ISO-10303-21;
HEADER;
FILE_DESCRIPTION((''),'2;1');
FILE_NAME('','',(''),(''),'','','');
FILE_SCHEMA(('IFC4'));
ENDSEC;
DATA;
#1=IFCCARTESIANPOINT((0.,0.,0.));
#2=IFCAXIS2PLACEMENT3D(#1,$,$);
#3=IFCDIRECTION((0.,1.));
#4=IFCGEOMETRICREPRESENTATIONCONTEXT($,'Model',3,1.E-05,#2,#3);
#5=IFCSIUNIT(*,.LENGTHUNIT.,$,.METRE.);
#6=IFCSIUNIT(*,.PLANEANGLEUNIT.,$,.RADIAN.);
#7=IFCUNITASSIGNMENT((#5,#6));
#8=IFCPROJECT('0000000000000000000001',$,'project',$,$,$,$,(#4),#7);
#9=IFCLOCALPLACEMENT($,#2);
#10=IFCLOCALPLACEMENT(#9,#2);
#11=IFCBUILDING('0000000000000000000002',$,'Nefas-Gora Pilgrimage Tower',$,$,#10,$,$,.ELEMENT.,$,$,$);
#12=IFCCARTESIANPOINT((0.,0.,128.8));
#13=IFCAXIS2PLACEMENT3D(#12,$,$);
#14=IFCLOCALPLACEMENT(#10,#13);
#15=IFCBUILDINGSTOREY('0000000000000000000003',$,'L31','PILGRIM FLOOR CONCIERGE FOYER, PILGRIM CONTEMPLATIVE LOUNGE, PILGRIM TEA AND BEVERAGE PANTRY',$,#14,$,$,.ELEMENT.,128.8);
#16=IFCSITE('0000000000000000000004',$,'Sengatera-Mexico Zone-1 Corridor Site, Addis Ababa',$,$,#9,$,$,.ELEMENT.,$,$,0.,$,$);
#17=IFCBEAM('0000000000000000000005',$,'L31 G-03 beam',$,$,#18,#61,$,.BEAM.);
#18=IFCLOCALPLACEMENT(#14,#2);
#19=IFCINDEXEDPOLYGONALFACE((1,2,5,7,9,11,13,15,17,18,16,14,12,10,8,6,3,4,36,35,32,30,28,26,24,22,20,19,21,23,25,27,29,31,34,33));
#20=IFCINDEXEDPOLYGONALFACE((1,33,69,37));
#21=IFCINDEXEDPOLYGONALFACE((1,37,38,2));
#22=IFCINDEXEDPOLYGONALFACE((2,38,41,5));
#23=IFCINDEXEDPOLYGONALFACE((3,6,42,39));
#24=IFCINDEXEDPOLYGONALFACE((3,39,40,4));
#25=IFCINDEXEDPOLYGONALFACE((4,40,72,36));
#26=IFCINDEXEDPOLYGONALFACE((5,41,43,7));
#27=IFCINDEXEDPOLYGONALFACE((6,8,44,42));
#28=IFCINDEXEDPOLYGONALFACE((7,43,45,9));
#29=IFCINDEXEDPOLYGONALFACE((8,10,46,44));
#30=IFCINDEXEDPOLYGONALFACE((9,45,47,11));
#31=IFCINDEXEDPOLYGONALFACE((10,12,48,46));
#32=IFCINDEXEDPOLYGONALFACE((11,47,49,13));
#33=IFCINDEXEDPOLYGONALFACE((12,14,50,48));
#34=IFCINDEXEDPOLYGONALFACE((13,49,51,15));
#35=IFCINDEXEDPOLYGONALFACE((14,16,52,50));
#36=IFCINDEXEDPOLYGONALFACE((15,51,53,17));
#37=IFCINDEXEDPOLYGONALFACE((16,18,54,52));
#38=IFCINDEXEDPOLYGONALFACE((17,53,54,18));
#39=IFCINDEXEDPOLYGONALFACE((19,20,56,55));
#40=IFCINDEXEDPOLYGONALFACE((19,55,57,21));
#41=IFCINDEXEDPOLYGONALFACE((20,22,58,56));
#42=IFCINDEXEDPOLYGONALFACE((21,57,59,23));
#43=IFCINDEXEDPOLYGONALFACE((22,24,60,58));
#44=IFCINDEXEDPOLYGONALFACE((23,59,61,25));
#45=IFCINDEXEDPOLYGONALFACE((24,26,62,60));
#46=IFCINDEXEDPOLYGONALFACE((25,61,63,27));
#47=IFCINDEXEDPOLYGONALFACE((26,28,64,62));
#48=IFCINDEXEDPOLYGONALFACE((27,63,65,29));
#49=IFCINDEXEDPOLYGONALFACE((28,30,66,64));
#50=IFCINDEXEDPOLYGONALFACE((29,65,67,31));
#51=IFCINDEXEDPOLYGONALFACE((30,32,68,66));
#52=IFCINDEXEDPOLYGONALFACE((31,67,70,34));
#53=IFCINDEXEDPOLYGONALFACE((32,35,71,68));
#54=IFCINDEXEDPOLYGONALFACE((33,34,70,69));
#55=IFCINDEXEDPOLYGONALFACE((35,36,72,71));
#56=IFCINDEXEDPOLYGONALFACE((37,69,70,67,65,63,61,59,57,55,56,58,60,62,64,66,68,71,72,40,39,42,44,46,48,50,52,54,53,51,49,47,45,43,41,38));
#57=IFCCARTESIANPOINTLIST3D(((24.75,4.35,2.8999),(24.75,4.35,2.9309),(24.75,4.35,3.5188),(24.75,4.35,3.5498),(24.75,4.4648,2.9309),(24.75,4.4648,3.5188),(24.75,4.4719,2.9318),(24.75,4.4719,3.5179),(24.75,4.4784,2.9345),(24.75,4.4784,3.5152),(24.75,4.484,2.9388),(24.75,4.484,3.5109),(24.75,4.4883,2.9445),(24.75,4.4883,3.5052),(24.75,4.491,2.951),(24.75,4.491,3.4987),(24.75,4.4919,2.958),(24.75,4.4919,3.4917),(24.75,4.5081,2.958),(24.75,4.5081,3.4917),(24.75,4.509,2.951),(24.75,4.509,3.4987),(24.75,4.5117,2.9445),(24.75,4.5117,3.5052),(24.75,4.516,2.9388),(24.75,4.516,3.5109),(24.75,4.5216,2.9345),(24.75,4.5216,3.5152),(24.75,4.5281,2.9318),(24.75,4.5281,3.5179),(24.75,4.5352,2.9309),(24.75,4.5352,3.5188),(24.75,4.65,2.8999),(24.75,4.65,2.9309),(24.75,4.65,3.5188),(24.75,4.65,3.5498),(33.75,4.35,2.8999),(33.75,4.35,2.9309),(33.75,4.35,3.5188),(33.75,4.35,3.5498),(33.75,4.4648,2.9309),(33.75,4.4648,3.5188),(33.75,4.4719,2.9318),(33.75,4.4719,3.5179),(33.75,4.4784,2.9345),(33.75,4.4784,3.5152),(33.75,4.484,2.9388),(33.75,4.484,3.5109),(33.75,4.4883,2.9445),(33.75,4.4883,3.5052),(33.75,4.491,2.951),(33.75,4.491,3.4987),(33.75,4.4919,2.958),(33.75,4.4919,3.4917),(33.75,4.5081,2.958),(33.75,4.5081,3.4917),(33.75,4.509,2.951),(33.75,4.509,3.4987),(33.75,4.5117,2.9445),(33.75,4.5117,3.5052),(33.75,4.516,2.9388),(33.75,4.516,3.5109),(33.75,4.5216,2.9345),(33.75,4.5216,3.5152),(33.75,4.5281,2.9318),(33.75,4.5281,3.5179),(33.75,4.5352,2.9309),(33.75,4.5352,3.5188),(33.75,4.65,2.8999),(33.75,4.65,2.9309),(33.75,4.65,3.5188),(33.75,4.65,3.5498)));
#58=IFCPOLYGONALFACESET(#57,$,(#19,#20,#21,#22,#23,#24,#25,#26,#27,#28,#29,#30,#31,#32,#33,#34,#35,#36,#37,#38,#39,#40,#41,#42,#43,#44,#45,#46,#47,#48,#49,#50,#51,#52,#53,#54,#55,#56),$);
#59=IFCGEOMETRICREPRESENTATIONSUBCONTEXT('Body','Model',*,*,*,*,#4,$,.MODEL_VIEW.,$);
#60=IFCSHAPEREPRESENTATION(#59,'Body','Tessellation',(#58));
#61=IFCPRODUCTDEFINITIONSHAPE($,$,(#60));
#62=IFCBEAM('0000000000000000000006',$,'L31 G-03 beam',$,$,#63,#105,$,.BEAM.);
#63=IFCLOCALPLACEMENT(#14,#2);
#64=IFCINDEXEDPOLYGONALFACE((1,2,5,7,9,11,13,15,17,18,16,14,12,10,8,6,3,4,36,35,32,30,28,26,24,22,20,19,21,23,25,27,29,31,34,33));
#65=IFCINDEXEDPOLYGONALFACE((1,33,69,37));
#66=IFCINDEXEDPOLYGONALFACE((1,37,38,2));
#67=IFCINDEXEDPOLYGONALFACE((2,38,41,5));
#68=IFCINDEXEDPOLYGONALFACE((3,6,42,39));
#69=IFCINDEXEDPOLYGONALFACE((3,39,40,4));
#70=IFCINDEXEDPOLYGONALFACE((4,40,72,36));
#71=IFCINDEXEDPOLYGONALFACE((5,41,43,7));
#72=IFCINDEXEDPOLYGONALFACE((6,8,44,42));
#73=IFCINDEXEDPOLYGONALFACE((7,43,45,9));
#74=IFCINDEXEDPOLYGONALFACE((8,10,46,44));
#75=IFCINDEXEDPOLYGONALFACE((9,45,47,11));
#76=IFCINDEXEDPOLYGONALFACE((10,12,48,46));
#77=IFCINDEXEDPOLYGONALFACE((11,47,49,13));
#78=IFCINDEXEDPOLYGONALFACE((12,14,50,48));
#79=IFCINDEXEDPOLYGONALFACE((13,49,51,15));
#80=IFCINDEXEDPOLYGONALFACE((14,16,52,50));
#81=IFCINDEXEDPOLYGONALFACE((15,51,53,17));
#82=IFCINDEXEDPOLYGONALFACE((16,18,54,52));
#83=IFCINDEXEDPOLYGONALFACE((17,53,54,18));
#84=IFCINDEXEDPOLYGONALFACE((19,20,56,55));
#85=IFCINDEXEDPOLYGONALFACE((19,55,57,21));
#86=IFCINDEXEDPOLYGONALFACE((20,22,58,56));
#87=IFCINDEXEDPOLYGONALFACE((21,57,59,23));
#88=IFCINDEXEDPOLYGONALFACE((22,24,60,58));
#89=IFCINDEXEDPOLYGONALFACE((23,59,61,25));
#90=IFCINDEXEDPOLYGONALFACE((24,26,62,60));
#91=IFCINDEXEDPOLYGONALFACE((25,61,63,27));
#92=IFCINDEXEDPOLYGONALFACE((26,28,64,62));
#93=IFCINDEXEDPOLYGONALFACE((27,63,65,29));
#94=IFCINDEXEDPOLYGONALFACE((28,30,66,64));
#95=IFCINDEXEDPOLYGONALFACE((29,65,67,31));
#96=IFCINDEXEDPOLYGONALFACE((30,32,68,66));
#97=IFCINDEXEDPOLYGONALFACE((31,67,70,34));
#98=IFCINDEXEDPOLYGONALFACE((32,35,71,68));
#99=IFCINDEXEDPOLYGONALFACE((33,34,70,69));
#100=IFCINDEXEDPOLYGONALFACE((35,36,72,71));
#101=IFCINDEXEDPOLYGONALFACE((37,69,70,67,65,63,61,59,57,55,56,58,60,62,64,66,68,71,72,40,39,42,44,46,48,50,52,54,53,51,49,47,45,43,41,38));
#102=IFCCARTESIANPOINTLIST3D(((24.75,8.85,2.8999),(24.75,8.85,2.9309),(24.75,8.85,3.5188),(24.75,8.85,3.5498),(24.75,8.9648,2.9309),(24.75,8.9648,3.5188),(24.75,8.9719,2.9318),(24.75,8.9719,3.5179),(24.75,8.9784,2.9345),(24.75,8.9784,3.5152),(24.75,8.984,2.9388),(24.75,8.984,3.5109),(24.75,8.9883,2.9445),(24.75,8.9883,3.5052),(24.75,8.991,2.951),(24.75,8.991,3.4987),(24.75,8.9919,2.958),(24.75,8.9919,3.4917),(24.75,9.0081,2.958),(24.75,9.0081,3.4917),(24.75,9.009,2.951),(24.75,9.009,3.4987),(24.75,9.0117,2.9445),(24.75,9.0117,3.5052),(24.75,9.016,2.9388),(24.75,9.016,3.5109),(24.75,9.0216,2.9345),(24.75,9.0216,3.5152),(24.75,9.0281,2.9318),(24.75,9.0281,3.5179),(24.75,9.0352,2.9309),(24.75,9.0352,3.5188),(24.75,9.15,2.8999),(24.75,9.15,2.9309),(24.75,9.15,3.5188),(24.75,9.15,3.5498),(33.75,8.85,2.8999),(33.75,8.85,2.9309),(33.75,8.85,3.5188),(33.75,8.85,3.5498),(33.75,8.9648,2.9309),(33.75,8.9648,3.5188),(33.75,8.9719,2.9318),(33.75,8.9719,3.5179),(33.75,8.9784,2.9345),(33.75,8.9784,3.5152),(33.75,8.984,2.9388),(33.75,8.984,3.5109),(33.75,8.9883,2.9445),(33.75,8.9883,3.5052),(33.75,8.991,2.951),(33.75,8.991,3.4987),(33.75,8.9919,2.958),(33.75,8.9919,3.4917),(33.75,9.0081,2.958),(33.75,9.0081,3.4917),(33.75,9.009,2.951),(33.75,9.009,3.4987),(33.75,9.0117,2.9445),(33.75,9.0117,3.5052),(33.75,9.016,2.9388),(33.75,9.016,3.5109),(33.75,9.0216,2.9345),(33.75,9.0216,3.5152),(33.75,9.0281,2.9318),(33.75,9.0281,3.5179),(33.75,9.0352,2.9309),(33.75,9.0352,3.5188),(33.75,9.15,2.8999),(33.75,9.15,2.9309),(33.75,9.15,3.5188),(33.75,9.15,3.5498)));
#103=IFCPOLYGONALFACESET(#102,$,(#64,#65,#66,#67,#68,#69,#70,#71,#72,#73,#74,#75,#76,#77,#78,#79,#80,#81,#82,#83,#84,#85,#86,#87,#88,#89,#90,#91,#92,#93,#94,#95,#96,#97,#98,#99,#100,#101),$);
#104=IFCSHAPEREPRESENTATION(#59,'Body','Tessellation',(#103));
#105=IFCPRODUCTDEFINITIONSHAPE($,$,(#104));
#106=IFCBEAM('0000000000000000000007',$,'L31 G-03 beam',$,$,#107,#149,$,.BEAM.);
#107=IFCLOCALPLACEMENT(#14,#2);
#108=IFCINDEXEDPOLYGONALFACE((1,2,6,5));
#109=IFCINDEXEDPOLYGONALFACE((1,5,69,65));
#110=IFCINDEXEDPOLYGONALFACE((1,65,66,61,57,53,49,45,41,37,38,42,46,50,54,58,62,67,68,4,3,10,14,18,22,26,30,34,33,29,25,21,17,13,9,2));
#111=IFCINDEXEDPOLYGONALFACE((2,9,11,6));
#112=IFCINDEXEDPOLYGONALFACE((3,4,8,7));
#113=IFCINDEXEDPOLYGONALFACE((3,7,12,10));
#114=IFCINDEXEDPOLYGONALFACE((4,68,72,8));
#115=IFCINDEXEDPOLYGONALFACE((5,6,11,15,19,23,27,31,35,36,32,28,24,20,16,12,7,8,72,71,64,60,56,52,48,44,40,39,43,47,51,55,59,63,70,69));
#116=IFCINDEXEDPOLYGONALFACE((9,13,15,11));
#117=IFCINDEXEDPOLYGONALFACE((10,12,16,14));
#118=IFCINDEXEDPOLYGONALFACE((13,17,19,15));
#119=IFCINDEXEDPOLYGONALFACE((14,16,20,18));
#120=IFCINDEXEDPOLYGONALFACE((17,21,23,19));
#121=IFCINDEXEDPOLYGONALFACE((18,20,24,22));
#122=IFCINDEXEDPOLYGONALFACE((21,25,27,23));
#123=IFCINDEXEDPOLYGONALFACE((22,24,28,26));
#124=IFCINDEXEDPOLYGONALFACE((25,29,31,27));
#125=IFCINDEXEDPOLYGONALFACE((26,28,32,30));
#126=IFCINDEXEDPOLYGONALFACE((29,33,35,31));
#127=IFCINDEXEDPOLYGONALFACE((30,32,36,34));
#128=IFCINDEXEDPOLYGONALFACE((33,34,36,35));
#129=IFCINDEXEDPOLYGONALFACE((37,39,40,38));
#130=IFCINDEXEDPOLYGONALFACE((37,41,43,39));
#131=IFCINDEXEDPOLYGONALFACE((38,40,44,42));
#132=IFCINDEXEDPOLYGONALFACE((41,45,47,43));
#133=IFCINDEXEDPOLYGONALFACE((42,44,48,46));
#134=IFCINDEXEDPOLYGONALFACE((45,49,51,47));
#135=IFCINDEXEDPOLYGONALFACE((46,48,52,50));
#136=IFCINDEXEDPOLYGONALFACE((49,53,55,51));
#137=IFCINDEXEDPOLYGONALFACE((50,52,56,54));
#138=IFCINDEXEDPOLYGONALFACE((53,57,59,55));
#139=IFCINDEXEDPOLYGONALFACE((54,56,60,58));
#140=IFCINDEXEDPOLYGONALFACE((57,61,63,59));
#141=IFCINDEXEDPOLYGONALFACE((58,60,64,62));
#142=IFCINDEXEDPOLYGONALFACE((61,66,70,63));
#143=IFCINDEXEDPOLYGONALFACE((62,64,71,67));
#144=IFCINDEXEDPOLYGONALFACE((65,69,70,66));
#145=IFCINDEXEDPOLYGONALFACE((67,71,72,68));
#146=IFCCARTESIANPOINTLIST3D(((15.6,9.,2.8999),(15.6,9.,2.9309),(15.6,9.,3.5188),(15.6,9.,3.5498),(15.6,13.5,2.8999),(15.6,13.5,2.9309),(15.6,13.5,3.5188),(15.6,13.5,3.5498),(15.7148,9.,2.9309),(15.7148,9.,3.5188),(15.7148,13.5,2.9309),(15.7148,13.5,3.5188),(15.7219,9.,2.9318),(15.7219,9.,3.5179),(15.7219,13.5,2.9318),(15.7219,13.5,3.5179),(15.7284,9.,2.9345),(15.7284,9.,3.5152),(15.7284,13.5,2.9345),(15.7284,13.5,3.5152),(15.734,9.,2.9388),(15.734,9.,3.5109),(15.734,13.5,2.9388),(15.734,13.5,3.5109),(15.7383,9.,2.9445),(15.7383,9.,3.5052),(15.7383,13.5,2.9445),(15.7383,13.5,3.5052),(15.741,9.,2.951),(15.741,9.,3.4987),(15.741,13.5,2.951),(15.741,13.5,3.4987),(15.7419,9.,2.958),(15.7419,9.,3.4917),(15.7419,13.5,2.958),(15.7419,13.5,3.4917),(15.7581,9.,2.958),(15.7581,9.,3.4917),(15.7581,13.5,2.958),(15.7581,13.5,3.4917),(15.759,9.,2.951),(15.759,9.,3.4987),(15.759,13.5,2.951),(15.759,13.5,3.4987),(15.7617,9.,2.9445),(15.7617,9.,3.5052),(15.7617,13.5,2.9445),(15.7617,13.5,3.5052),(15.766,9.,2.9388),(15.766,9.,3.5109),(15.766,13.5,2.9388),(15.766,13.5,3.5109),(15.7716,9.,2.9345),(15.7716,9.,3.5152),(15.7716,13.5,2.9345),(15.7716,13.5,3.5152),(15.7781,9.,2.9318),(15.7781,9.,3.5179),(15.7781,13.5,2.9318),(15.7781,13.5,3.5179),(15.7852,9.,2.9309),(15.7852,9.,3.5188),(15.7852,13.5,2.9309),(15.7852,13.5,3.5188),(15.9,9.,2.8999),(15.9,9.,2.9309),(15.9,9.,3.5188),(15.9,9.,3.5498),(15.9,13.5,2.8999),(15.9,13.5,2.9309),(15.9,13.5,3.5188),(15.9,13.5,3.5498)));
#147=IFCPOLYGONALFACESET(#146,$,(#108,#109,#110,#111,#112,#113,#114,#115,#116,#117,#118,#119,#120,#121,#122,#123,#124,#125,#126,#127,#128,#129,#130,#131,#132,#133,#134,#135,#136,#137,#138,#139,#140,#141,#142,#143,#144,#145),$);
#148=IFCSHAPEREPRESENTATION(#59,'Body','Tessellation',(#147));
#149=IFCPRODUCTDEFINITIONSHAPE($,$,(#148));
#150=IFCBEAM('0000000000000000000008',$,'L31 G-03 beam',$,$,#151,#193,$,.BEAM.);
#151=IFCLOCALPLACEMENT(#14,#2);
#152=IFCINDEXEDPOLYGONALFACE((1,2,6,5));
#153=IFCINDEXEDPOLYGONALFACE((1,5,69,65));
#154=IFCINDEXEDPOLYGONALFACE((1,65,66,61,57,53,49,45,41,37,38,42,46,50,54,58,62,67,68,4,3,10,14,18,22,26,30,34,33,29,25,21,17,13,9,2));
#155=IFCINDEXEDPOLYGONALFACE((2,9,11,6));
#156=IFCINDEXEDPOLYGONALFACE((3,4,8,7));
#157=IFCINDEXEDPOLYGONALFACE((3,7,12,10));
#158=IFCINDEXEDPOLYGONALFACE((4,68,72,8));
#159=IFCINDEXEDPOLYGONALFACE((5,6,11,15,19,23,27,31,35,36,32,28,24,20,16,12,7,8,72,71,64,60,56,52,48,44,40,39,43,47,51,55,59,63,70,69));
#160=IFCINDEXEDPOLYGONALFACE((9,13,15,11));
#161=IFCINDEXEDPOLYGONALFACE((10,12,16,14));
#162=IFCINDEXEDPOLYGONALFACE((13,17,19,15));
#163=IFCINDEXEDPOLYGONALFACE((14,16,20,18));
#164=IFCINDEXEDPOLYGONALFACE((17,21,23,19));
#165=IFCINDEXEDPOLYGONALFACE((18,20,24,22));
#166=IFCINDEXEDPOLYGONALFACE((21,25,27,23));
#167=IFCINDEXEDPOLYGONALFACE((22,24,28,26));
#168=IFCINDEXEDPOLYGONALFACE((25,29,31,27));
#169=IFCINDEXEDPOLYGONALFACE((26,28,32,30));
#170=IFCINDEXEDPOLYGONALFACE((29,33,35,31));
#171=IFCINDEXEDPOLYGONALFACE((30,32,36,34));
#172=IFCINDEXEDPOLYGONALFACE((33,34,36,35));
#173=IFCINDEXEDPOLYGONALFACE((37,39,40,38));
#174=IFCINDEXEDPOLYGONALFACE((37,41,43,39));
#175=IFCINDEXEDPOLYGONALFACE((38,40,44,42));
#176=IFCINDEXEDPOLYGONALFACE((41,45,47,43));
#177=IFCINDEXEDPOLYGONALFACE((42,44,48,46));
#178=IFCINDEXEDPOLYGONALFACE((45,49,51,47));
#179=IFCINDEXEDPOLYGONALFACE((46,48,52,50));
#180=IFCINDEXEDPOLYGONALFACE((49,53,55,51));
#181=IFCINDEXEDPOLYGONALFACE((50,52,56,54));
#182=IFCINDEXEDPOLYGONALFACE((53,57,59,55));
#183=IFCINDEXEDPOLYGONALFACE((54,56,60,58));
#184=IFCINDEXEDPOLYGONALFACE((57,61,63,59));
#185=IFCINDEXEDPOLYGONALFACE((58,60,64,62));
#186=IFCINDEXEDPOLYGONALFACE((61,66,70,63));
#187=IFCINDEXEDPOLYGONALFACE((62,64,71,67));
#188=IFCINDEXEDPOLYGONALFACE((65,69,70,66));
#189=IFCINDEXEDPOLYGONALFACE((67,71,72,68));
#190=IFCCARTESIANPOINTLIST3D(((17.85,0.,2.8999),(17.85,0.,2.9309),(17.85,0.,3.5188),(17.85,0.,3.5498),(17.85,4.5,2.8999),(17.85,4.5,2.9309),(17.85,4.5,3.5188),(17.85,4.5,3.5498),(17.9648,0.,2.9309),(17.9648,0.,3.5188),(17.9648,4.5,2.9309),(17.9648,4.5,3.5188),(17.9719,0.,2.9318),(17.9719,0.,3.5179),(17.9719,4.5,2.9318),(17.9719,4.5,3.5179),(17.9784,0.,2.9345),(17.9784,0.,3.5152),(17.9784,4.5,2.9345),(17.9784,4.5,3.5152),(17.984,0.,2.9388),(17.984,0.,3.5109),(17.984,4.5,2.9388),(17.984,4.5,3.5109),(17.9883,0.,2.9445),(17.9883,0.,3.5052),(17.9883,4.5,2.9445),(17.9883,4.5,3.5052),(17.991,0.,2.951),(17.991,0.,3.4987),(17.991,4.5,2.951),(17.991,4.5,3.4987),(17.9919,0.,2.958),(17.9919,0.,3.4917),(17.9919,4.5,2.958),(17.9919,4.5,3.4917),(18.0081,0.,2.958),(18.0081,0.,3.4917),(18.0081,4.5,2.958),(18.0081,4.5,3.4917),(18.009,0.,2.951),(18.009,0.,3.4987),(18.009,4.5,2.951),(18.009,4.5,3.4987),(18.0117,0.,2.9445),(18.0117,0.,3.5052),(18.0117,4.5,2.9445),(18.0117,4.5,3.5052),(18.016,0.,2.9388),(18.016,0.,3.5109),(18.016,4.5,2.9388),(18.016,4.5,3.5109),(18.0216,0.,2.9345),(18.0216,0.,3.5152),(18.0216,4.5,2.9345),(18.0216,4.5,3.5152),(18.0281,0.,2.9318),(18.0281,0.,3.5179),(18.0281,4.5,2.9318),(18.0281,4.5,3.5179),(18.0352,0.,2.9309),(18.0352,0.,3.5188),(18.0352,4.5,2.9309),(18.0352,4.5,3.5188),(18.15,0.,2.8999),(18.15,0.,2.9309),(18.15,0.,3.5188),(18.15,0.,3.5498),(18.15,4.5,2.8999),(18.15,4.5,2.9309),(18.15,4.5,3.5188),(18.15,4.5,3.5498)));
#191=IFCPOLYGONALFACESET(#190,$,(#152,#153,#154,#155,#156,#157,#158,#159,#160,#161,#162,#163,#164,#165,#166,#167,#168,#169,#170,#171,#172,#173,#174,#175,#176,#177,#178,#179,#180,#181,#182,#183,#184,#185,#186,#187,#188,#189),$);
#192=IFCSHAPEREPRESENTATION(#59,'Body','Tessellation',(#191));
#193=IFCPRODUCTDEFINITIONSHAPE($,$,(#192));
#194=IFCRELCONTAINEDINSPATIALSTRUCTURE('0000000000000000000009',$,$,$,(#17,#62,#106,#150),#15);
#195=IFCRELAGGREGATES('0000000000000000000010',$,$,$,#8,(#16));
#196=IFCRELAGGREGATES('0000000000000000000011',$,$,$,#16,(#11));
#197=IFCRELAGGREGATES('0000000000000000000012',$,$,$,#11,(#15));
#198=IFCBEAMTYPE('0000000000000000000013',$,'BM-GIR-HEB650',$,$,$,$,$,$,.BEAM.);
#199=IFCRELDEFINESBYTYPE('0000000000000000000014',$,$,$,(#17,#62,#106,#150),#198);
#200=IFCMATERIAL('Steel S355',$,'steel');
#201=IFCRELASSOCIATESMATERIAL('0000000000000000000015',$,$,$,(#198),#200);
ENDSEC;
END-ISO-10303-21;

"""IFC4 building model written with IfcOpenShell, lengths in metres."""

from ifc_helpers import new_model, si_unit, direction, frame, origin, origin_2d, place, context, subcontext, project, spatial, i_section, extrude, source, transform, mapped, material, material_profile, profile_set, type_object, element, save


model = new_model("IFC4")

# Units and contexts
model_context = context("Model", 3, precision=1e-05, world=origin(), true_north=direction((0.0, 1.0)))
body_context = subcontext(model_context, "Body", "Model", "MODEL_VIEW")
ifc_project = project(units=[si_unit("LENGTHUNIT", "METRE"), si_unit("PLANEANGLEUNIT", "RADIAN")], contexts=[model_context])

# Site, building, storey
site_placement = place(None, origin())
site = spatial("IfcSite", under=ifc_project, at=site_placement, Name="Sengatera-Mexico Zone-1 Corridor Site, Addis Ababa", CompositionType="ELEMENT", RefElevation=0.0)
building_placement = place(site_placement, origin())
building = spatial("IfcBuilding", under=site, at=building_placement, Name="Nefas-Gora Pilgrimage Tower", CompositionType="ELEMENT")
storey_placement = place(building_placement, frame((0.0, 0.0, 128.8)))
storey = spatial("IfcBuildingStorey", under=building, at=storey_placement, Name="L31", Description="PILGRIM FLOOR CONCIERGE FOYER, PILGRIM CONTEMPLATIVE LOUNGE, PILGRIM TEA AND BEVERAGE PANTRY", CompositionType="ELEMENT", Elevation=128.8)

# Beams
ifc_material_1 = material(Name="Steel S355", Category="steel")
ifc_material_profile_1 = material_profile(ifc_material_1, i_section(OverallWidth=0.3, OverallDepth=0.6499, WebThickness=0.0161, FlangeThickness=0.031, FilletRadius=0.0271, at=origin_2d()), Name="HEB 650")
ifc_profile_set_1 = profile_set([ifc_material_profile_1], Name="Steel S355")
beam_type_1 = type_object("IfcBeamType", Name="BM-GIR-HEB650", PredefinedType="BEAM", material=ifc_profile_set_1)
shared_shape_1 = source(origin(), body_context, "Body", "SweptSolid", [
    extrude(i_section(OverallWidth=0.3, OverallDepth=0.6499, WebThickness=0.0161, FlangeThickness=0.031, FilletRadius=0.0271, at=origin_2d()), origin(), (0.0, 0.0, 1.0), 9.0),
])
for number, where, z_axis, x_axis, name in (
    (1, (24.75, 4.5, 3.2249), (1.0, 0.0, 0.0), (0.0, 1.0, 0.0), "L31 G-03 beam"),
    (2, (24.75, 9.0, 3.2249), (1.0, 0.0, 0.0), (0.0, 1.0, 0.0), "L31 G-03 beam"),
):
    element("IfcBeam", number, at=place(storey_placement, frame(where, z_axis=z_axis, x_axis=x_axis)), inside=storey, type_object=beam_type_1, Name=name, PredefinedType="BEAM", context=body_context, shape_type="MappedRepresentation", body=[
        mapped(shared_shape_1, transform((0.0, 0.0, 0.0), x_axis=(1.0, 0.0, 0.0), y_axis=(0.0, 1.0, 0.0), z_axis=(0.0, 0.0, 1.0), scale=1.0)),
    ])
shared_shape_2 = source(origin(), body_context, "Body", "SweptSolid", [
    extrude(i_section(OverallWidth=0.3, OverallDepth=0.6499, WebThickness=0.0161, FlangeThickness=0.031, FilletRadius=0.0271, at=origin_2d()), origin(), (0.0, 0.0, 1.0), 4.5),
])
for number, where, z_axis, x_axis, name in (
    (3, (15.75, 9.0, 3.2249), (0.0, 1.0, 0.0), (-1.0, 0.0, 0.0), "L31 G-03 beam"),
    (4, (18.0, 0.0, 3.2249), (0.0, 1.0, 0.0), (-1.0, 0.0, 0.0), "L31 G-03 beam"),
):
    element("IfcBeam", number, at=place(storey_placement, frame(where, z_axis=z_axis, x_axis=x_axis)), inside=storey, type_object=beam_type_1, Name=name, PredefinedType="BEAM", context=body_context, shape_type="MappedRepresentation", body=[
        mapped(shared_shape_2, transform((0.0, 0.0, 0.0), x_axis=(1.0, 0.0, 0.0), y_axis=(0.0, 1.0, 0.0), z_axis=(0.0, 0.0, 1.0), scale=1.0)),
    ])

save(model, "model.ifc")
